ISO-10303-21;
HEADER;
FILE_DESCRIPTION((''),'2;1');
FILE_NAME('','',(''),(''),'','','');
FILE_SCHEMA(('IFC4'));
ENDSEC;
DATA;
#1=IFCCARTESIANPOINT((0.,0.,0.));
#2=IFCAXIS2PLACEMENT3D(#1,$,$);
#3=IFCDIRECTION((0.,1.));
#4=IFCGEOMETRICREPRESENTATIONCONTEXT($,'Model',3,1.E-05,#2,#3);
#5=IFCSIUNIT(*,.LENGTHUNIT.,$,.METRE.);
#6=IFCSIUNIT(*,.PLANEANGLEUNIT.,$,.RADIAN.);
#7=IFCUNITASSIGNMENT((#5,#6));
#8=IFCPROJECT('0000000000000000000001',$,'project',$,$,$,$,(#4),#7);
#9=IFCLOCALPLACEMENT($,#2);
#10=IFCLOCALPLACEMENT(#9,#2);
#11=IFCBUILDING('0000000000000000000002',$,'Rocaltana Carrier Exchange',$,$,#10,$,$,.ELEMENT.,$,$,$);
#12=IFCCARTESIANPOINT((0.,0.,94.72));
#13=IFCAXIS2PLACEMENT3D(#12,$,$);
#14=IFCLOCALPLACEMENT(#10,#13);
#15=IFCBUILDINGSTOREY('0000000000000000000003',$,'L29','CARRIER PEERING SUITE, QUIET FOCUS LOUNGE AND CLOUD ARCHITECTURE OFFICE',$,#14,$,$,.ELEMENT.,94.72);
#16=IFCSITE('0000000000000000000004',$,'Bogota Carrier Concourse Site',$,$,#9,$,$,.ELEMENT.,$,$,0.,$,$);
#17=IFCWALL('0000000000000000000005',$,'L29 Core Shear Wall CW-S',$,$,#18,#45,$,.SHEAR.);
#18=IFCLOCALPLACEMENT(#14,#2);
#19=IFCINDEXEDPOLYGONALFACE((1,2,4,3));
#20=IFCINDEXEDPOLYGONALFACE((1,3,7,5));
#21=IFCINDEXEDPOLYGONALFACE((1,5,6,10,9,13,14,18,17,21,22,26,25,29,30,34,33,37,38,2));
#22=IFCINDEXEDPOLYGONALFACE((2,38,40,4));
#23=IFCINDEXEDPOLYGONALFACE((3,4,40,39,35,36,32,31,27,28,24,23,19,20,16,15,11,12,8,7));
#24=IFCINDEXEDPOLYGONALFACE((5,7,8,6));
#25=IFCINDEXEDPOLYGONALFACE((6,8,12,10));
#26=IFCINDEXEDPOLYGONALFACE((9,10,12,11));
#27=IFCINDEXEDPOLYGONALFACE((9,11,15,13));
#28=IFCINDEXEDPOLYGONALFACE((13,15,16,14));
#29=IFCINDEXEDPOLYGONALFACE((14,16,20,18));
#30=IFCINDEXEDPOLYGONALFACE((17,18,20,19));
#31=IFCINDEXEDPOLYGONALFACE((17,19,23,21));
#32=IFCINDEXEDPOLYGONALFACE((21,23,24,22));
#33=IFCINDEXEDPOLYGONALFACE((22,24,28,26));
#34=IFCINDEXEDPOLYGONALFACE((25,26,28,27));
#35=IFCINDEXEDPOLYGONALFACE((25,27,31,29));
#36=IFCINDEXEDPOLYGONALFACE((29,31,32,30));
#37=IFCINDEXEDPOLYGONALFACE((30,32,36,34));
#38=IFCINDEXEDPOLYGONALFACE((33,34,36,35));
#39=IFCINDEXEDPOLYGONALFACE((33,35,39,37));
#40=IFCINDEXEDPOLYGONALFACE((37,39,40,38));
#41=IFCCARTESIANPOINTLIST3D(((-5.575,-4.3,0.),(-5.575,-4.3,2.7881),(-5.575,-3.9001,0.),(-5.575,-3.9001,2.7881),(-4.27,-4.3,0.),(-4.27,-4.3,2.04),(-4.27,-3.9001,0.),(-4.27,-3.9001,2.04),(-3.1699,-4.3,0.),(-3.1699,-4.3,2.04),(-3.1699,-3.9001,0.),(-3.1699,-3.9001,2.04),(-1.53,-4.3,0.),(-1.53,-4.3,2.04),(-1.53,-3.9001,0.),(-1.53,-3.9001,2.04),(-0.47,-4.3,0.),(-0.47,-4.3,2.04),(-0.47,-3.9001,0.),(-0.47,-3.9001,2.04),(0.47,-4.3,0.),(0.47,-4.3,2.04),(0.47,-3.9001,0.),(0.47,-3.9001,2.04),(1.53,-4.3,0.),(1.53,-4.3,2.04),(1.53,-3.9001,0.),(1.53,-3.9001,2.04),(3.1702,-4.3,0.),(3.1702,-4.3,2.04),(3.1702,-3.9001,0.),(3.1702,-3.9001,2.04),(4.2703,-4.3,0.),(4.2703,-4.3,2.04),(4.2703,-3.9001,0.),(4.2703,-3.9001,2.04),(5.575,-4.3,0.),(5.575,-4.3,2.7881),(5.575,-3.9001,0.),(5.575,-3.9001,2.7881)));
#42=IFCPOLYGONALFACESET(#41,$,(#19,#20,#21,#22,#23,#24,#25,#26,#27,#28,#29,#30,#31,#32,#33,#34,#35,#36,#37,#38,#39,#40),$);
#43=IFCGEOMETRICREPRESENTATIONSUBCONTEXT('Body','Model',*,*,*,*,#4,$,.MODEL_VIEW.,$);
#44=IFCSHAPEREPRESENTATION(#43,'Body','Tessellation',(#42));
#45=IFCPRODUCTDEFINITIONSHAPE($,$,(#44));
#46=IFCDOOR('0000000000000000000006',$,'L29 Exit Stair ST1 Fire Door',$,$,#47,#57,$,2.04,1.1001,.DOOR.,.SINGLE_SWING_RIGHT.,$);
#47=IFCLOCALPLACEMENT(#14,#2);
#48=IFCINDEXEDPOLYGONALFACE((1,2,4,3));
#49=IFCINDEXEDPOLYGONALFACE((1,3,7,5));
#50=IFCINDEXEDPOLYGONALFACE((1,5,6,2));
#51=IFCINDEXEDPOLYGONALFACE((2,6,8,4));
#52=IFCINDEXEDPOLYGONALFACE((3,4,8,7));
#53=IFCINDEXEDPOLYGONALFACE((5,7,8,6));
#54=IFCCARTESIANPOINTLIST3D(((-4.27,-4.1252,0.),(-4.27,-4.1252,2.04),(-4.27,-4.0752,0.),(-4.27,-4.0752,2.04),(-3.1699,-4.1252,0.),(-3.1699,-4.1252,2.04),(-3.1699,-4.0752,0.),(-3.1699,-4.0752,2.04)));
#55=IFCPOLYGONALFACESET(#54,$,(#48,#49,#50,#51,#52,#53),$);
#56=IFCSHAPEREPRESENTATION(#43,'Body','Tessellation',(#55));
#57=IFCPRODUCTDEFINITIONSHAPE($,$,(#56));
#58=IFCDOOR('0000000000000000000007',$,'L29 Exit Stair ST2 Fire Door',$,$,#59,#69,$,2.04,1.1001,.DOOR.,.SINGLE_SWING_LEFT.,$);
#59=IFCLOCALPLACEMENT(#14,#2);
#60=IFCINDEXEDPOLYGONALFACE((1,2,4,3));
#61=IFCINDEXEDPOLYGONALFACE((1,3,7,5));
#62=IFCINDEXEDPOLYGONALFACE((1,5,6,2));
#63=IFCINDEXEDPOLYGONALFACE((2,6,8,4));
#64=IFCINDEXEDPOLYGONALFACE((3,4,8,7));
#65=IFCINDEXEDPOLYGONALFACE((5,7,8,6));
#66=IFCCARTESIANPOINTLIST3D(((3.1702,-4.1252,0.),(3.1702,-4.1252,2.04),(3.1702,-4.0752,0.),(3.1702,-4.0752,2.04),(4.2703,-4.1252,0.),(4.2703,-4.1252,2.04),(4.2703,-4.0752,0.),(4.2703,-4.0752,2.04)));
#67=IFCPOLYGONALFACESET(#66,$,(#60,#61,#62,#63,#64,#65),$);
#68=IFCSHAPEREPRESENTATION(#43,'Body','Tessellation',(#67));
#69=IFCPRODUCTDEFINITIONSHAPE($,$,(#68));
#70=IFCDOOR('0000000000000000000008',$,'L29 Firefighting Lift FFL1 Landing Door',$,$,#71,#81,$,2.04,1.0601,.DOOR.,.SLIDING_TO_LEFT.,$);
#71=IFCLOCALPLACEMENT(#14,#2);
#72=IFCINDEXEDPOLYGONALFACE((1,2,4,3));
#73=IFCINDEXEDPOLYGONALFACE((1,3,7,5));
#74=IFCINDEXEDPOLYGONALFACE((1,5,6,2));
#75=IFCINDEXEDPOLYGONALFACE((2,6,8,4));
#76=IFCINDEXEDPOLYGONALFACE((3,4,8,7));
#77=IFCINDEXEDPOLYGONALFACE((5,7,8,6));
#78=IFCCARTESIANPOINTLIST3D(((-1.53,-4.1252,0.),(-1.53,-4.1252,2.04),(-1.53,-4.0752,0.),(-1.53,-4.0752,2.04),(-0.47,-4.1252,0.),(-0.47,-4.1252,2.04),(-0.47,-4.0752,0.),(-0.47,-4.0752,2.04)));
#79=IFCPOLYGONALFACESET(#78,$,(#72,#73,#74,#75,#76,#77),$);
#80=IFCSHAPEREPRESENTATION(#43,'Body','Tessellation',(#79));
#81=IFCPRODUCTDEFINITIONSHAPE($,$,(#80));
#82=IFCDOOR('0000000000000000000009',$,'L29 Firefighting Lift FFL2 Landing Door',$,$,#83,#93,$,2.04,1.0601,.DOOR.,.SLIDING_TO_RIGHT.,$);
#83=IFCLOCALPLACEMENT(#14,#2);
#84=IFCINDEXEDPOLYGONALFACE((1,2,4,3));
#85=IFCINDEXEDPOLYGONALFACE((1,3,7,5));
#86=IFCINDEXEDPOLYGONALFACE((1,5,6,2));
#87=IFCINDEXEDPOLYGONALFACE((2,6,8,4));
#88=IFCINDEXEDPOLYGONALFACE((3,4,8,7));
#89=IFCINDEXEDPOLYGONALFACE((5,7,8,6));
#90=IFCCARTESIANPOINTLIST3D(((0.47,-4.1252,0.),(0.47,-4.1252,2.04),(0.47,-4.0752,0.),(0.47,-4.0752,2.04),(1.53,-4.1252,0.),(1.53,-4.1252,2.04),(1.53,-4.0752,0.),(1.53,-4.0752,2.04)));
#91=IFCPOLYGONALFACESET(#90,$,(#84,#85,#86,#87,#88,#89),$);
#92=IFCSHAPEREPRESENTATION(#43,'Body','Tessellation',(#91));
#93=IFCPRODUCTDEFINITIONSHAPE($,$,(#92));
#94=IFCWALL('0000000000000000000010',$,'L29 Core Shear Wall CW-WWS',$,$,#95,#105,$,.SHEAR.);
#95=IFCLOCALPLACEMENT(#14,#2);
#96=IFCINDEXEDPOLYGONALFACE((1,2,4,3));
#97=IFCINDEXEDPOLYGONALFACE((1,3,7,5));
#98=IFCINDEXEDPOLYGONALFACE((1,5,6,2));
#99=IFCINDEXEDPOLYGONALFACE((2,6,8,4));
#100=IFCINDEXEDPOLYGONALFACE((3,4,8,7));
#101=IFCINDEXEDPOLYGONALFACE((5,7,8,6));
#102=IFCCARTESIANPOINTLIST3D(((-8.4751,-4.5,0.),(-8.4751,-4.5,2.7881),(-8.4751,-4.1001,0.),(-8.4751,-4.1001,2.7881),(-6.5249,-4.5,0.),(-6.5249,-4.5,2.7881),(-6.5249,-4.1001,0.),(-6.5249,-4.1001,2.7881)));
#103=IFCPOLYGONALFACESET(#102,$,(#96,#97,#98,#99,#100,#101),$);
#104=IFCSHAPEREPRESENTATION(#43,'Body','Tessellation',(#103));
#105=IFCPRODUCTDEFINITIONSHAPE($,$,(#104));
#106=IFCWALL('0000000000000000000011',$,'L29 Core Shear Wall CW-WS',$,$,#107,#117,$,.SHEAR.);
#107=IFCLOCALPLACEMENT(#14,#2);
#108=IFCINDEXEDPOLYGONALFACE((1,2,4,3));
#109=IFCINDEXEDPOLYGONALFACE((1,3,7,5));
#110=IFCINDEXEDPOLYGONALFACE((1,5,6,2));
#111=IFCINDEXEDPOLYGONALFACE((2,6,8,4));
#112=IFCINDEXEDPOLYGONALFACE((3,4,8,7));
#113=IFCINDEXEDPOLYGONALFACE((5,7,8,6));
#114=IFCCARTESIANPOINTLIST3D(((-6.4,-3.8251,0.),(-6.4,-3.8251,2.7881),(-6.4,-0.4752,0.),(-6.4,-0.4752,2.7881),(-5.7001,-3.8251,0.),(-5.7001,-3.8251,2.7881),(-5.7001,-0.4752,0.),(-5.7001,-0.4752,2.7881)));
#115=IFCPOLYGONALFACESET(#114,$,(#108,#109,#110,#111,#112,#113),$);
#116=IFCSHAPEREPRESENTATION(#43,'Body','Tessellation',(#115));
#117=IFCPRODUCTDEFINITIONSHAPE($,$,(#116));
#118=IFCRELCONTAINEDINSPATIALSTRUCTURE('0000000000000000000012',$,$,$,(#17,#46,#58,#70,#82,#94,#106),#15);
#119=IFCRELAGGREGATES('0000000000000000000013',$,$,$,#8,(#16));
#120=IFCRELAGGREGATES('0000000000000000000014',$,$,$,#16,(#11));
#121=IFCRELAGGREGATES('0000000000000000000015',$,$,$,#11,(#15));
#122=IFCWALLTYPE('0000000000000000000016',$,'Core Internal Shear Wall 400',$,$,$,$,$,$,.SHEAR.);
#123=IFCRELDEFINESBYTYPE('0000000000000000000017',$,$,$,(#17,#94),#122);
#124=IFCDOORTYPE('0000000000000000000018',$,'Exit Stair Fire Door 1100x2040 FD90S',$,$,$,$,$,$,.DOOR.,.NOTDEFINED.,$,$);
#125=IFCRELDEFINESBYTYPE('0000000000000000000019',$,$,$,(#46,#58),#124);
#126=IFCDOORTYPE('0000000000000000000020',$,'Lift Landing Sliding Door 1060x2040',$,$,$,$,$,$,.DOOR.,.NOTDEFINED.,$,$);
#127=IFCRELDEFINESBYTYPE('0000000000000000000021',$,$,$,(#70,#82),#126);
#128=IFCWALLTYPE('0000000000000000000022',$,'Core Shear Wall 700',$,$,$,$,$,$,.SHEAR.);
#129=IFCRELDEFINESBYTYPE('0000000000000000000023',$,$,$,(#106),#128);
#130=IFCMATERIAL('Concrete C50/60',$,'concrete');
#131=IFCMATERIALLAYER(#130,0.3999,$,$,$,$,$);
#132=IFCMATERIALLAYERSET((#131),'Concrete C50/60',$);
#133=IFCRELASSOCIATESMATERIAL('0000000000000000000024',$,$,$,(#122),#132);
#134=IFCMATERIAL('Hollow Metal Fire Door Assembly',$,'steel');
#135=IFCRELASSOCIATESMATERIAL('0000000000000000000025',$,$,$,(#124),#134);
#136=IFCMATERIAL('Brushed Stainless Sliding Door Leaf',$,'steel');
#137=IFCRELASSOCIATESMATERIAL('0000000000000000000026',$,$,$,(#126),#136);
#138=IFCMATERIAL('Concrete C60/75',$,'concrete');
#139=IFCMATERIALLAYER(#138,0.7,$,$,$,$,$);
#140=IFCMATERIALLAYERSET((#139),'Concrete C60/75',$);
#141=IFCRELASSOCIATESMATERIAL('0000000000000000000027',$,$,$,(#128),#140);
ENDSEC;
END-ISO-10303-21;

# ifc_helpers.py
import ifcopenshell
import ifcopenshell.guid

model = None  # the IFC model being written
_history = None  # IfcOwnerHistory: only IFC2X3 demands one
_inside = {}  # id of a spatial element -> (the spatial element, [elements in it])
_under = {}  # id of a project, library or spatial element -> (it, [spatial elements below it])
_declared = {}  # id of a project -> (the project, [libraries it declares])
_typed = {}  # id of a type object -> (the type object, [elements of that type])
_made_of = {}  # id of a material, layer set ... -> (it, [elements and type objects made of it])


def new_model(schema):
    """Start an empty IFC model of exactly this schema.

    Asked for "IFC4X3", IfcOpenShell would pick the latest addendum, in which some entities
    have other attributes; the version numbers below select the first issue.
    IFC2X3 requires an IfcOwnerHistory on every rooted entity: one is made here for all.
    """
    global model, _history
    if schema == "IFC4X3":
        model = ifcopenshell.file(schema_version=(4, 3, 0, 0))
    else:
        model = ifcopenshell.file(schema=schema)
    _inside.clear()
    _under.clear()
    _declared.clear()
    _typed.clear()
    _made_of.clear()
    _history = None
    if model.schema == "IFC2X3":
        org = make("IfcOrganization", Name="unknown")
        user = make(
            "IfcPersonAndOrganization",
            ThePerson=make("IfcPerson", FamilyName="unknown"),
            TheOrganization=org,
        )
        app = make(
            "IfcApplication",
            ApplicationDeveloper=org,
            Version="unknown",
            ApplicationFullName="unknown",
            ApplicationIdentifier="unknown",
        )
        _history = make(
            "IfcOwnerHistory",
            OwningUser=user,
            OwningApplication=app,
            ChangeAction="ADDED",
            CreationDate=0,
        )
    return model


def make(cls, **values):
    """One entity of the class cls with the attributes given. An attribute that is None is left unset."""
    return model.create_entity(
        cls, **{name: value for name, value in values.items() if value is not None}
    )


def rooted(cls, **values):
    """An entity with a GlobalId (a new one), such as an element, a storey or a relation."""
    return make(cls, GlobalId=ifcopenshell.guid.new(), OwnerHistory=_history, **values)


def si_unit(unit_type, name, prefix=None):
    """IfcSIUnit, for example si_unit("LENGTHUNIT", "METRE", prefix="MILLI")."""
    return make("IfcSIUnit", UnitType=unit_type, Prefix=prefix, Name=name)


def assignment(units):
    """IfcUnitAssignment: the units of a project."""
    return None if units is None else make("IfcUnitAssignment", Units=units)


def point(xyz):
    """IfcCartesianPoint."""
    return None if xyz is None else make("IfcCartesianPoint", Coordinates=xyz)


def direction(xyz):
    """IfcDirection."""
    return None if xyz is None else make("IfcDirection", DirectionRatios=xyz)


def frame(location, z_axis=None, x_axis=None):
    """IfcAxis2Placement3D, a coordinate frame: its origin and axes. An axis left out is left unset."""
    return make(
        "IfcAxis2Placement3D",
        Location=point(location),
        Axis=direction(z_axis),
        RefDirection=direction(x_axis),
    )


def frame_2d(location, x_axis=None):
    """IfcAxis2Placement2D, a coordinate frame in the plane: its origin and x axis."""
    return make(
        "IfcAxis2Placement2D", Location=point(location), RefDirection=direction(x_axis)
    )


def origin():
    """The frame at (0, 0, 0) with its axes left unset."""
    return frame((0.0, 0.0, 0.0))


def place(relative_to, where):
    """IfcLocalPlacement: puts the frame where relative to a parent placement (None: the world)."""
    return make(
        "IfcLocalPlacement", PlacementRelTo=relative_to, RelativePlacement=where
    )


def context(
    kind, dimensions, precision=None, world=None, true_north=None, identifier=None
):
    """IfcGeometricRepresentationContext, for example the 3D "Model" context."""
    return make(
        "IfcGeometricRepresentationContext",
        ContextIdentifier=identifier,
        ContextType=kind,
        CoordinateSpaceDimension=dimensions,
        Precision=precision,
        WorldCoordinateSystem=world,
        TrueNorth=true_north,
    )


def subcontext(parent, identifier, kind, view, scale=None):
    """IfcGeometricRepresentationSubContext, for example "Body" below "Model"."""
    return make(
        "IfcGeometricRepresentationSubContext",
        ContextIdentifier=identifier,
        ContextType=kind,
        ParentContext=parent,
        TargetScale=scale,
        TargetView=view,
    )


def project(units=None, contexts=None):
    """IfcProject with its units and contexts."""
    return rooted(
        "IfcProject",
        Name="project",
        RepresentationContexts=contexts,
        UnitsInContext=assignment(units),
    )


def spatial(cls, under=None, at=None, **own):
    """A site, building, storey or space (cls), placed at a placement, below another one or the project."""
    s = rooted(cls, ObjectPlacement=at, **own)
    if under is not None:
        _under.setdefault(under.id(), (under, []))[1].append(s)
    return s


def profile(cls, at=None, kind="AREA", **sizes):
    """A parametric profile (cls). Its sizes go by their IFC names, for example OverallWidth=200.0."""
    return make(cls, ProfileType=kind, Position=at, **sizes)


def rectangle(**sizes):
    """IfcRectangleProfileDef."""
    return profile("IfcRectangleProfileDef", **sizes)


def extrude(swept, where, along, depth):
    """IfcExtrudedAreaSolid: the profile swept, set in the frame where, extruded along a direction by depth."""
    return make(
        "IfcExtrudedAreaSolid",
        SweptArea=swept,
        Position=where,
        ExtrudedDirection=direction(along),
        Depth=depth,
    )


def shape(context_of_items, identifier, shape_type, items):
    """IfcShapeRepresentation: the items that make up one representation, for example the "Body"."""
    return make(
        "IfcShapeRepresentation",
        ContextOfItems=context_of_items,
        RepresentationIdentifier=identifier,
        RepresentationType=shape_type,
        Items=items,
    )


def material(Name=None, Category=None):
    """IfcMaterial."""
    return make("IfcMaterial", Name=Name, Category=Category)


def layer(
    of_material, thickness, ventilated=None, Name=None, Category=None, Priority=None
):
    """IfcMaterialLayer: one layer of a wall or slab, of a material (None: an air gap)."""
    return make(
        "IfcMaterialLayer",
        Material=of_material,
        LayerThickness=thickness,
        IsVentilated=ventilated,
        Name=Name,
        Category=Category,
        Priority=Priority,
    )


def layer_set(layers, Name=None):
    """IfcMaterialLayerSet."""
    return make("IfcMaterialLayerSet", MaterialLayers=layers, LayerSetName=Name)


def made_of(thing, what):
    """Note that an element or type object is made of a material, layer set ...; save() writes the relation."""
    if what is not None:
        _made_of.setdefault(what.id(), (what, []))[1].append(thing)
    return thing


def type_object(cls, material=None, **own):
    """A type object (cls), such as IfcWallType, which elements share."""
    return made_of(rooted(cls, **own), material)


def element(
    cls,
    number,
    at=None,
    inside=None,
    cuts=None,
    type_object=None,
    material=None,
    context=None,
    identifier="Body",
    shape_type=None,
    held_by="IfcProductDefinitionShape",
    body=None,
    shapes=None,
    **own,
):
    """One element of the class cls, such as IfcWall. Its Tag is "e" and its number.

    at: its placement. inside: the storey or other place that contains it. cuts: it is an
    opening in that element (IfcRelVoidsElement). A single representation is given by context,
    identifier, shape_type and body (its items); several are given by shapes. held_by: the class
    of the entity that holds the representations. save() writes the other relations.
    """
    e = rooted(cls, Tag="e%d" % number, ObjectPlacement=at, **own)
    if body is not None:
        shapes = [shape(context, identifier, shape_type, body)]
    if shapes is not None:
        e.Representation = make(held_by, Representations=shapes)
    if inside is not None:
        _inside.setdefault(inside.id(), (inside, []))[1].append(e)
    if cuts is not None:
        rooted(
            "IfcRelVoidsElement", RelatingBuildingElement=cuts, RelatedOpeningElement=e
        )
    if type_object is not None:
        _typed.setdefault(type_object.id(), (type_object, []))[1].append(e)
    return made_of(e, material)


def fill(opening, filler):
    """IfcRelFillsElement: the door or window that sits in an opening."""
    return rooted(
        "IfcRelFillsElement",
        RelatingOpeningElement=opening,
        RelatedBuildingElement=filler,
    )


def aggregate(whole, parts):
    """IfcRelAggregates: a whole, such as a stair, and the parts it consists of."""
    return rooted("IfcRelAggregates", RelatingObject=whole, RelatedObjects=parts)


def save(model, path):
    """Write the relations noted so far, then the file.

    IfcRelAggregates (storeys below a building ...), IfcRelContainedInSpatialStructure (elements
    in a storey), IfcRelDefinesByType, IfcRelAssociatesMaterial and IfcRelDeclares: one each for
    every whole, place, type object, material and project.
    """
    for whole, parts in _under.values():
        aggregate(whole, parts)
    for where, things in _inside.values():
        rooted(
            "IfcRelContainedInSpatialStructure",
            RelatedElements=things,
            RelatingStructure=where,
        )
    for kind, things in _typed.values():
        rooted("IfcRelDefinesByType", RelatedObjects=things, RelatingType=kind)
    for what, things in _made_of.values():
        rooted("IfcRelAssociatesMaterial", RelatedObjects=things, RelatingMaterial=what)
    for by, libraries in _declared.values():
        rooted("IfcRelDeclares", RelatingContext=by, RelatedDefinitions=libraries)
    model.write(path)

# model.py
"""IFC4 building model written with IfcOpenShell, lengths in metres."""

from ifc_helpers import new_model, si_unit, direction, frame, frame_2d, origin, place, context, subcontext, project, spatial, rectangle, extrude, material, layer, layer_set, type_object, element, fill, save


model = new_model("IFC4")

# Units and contexts
model_context = context("Model", 3, precision=1e-05, world=origin(), true_north=direction((0.0, 1.0)))
body_context = subcontext(model_context, "Body", "Model", "MODEL_VIEW")
ifc_project = project(units=[si_unit("LENGTHUNIT", "METRE"), si_unit("PLANEANGLEUNIT", "RADIAN")], contexts=[model_context])

# Site, building, storey
site_placement = place(None, origin())
site = spatial("IfcSite", under=ifc_project, at=site_placement, Name="Bogota Carrier Concourse Site", CompositionType="ELEMENT", RefElevation=0.0)
building_placement = place(site_placement, origin())
building = spatial("IfcBuilding", under=site, at=building_placement, Name="Rocaltana Carrier Exchange", CompositionType="ELEMENT")
storey_placement = place(building_placement, frame((0.0, 0.0, 94.72)))
storey = spatial("IfcBuildingStorey", under=building, at=storey_placement, Name="L29", Description="CARRIER PEERING SUITE, QUIET FOCUS LOUNGE AND CLOUD ARCHITECTURE OFFICE", CompositionType="ELEMENT", Elevation=94.72)

# Wall, openings, doors
ifc_material_1 = material(Name="Concrete C50/60", Category="concrete")
ifc_layer_1 = layer(ifc_material_1, 0.3999)
ifc_layer_set_1 = layer_set([ifc_layer_1], Name="Concrete C50/60")
wall_type_1 = type_object("IfcWallType", Name="Core Internal Shear Wall 400", PredefinedType="SHEAR", material=ifc_layer_set_1)
wall_1_placement = place(storey_placement, frame((-5.575, -4.1001, 0.0), z_axis=(0.0, 0.0, 1.0), x_axis=(1.0, 0.0, 0.0)))
wall_1 = element("IfcWall", 1, at=wall_1_placement, inside=storey, type_object=wall_type_1, Name="L29 Core Shear Wall CW-S", PredefinedType="SHEAR", context=body_context, shape_type="SweptSolid", body=[
    extrude(rectangle(XDim=11.1499, YDim=0.3999, at=frame_2d((5.575, 0.0))), origin(), (0.0, 0.0, 1.0), 2.7881),
])
opening_1_placement = place(wall_1_placement, frame((1.3049, 0.0, 0.0)))
opening_1 = element("IfcOpeningElement", 2, at=opening_1_placement, cuts=wall_1, PredefinedType="OPENING", context=body_context, shape_type="SweptSolid", body=[
    extrude(rectangle(XDim=1.1001, YDim=2.04, at=frame_2d((0.55, 1.02))), frame((0.0, 0.21, 0.0), z_axis=(0.0, -1.0, 0.0), x_axis=(1.0, 0.0, 0.0)), (0.0, 0.0, 1.0), 0.4199),
])
opening_2_placement = place(wall_1_placement, frame((8.7451, 0.0, 0.0)))
opening_2 = element("IfcOpeningElement", 3, at=opening_2_placement, cuts=wall_1, PredefinedType="OPENING", context=body_context, shape_type="SweptSolid", body=[
    extrude(rectangle(XDim=1.1001, YDim=2.04, at=frame_2d((0.55, 1.02))), frame((0.0, 0.21, 0.0), z_axis=(0.0, -1.0, 0.0), x_axis=(1.0, 0.0, 0.0)), (0.0, 0.0, 1.0), 0.4199),
])
opening_3_placement = place(wall_1_placement, frame((4.0449, 0.0, 0.0)))
opening_3 = element("IfcOpeningElement", 4, at=opening_3_placement, cuts=wall_1, PredefinedType="OPENING", context=body_context, shape_type="SweptSolid", body=[
    extrude(rectangle(XDim=1.0601, YDim=2.04, at=frame_2d((0.53, 1.02))), frame((0.0, 0.21, 0.0), z_axis=(0.0, -1.0, 0.0), x_axis=(1.0, 0.0, 0.0)), (0.0, 0.0, 1.0), 0.4199),
])
opening_4_placement = place(wall_1_placement, frame((6.0449, 0.0, 0.0)))
opening_4 = element("IfcOpeningElement", 5, at=opening_4_placement, cuts=wall_1, PredefinedType="OPENING", context=body_context, shape_type="SweptSolid", body=[
    extrude(rectangle(XDim=1.0601, YDim=2.04, at=frame_2d((0.53, 1.02))), frame((0.0, 0.21, 0.0), z_axis=(0.0, -1.0, 0.0), x_axis=(1.0, 0.0, 0.0)), (0.0, 0.0, 1.0), 0.4199),
])
ifc_material_2 = material(Name="Hollow Metal Fire Door Assembly", Category="steel")
door_type_1 = type_object("IfcDoorType", Name="Exit Stair Fire Door 1100x2040 FD90S", OperationType="NOTDEFINED", PredefinedType="DOOR", material=ifc_material_2)
door_1_placement = place(opening_1_placement, origin())
door_1 = element("IfcDoor", 6, at=door_1_placement, inside=storey, type_object=door_type_1, Name="L29 Exit Stair ST1 Fire Door", OperationType="SINGLE_SWING_RIGHT", OverallHeight=2.04, OverallWidth=1.1001, PredefinedType="DOOR", context=body_context, shape_type="SweptSolid", body=[
    extrude(rectangle(XDim=1.1001, YDim=2.04, at=frame_2d((0.55, 1.02))), frame((0.0, 0.0249, 0.0), z_axis=(0.0, -1.0, 0.0), x_axis=(1.0, 0.0, 0.0)), (0.0, 0.0, 1.0), 0.05),
])
fill(opening_1, door_1)
door_2_placement = place(opening_2_placement, origin())
door_2 = element("IfcDoor", 7, at=door_2_placement, inside=storey, type_object=door_type_1, Name="L29 Exit Stair ST2 Fire Door", OperationType="SINGLE_SWING_LEFT", OverallHeight=2.04, OverallWidth=1.1001, PredefinedType="DOOR", context=body_context, shape_type="SweptSolid", body=[
    extrude(rectangle(XDim=1.1001, YDim=2.04, at=frame_2d((0.55, 1.02))), frame((0.0, 0.0249, 0.0), z_axis=(0.0, -1.0, 0.0), x_axis=(1.0, 0.0, 0.0)), (0.0, 0.0, 1.0), 0.05),
])
fill(opening_2, door_2)
ifc_material_3 = material(Name="Brushed Stainless Sliding Door Leaf", Category="steel")
door_type_2 = type_object("IfcDoorType", Name="Lift Landing Sliding Door 1060x2040", OperationType="NOTDEFINED", PredefinedType="DOOR", material=ifc_material_3)
door_3_placement = place(opening_3_placement, origin())
door_3 = element("IfcDoor", 8, at=door_3_placement, inside=storey, type_object=door_type_2, Name="L29 Firefighting Lift FFL1 Landing Door", OperationType="SLIDING_TO_LEFT", OverallHeight=2.04, OverallWidth=1.0601, PredefinedType="DOOR", context=body_context, shape_type="SweptSolid", body=[
    extrude(rectangle(XDim=1.0601, YDim=2.04, at=frame_2d((0.53, 1.02))), frame((0.0, 0.0249, 0.0), z_axis=(0.0, -1.0, 0.0), x_axis=(1.0, 0.0, 0.0)), (0.0, 0.0, 1.0), 0.05),
])
fill(opening_3, door_3)
door_4_placement = place(opening_4_placement, origin())
door_4 = element("IfcDoor", 9, at=door_4_placement, inside=storey, type_object=door_type_2, Name="L29 Firefighting Lift FFL2 Landing Door", OperationType="SLIDING_TO_RIGHT", OverallHeight=2.04, OverallWidth=1.0601, PredefinedType="DOOR", context=body_context, shape_type="SweptSolid", body=[
    extrude(rectangle(XDim=1.0601, YDim=2.04, at=frame_2d((0.53, 1.02))), frame((0.0, 0.0249, 0.0), z_axis=(0.0, -1.0, 0.0), x_axis=(1.0, 0.0, 0.0)), (0.0, 0.0, 1.0), 0.05),
])
fill(opening_4, door_4)

# Walls
wall_2_placement = place(storey_placement, frame((-8.4751, -4.3, 0.0), z_axis=(0.0, 0.0, 1.0), x_axis=(1.0, 0.0, 0.0)))
element("IfcWall", 10, at=wall_2_placement, inside=storey, type_object=wall_type_1, Name="L29 Core Shear Wall CW-WWS", PredefinedType="SHEAR", context=body_context, shape_type="SweptSolid", body=[
    extrude(rectangle(XDim=1.9502, YDim=0.3999, at=frame_2d((0.9751, 0.0))), origin(), (0.0, 0.0, 1.0), 2.7881),
])
ifc_material_4 = material(Name="Concrete C60/75", Category="concrete")
ifc_layer_2 = layer(ifc_material_4, 0.7)
ifc_layer_set_2 = layer_set([ifc_layer_2], Name="Concrete C60/75")
wall_type_2 = type_object("IfcWallType", Name="Core Shear Wall 700", PredefinedType="SHEAR", material=ifc_layer_set_2)
wall_3_placement = place(storey_placement, frame((-6.05, -3.825, 0.0), z_axis=(0.0, 0.0, 1.0), x_axis=(0.0, 1.0, 0.0)))
element("IfcWall", 11, at=wall_3_placement, inside=storey, type_object=wall_type_2, Name="L29 Core Shear Wall CW-WS", PredefinedType="SHEAR", context=body_context, shape_type="SweptSolid", body=[
    extrude(rectangle(XDim=3.3499, YDim=0.7, at=frame_2d((1.6748, 0.0))), origin(), (0.0, 0.0, 1.0), 2.7881),
])

save(model, "model.ifc")
